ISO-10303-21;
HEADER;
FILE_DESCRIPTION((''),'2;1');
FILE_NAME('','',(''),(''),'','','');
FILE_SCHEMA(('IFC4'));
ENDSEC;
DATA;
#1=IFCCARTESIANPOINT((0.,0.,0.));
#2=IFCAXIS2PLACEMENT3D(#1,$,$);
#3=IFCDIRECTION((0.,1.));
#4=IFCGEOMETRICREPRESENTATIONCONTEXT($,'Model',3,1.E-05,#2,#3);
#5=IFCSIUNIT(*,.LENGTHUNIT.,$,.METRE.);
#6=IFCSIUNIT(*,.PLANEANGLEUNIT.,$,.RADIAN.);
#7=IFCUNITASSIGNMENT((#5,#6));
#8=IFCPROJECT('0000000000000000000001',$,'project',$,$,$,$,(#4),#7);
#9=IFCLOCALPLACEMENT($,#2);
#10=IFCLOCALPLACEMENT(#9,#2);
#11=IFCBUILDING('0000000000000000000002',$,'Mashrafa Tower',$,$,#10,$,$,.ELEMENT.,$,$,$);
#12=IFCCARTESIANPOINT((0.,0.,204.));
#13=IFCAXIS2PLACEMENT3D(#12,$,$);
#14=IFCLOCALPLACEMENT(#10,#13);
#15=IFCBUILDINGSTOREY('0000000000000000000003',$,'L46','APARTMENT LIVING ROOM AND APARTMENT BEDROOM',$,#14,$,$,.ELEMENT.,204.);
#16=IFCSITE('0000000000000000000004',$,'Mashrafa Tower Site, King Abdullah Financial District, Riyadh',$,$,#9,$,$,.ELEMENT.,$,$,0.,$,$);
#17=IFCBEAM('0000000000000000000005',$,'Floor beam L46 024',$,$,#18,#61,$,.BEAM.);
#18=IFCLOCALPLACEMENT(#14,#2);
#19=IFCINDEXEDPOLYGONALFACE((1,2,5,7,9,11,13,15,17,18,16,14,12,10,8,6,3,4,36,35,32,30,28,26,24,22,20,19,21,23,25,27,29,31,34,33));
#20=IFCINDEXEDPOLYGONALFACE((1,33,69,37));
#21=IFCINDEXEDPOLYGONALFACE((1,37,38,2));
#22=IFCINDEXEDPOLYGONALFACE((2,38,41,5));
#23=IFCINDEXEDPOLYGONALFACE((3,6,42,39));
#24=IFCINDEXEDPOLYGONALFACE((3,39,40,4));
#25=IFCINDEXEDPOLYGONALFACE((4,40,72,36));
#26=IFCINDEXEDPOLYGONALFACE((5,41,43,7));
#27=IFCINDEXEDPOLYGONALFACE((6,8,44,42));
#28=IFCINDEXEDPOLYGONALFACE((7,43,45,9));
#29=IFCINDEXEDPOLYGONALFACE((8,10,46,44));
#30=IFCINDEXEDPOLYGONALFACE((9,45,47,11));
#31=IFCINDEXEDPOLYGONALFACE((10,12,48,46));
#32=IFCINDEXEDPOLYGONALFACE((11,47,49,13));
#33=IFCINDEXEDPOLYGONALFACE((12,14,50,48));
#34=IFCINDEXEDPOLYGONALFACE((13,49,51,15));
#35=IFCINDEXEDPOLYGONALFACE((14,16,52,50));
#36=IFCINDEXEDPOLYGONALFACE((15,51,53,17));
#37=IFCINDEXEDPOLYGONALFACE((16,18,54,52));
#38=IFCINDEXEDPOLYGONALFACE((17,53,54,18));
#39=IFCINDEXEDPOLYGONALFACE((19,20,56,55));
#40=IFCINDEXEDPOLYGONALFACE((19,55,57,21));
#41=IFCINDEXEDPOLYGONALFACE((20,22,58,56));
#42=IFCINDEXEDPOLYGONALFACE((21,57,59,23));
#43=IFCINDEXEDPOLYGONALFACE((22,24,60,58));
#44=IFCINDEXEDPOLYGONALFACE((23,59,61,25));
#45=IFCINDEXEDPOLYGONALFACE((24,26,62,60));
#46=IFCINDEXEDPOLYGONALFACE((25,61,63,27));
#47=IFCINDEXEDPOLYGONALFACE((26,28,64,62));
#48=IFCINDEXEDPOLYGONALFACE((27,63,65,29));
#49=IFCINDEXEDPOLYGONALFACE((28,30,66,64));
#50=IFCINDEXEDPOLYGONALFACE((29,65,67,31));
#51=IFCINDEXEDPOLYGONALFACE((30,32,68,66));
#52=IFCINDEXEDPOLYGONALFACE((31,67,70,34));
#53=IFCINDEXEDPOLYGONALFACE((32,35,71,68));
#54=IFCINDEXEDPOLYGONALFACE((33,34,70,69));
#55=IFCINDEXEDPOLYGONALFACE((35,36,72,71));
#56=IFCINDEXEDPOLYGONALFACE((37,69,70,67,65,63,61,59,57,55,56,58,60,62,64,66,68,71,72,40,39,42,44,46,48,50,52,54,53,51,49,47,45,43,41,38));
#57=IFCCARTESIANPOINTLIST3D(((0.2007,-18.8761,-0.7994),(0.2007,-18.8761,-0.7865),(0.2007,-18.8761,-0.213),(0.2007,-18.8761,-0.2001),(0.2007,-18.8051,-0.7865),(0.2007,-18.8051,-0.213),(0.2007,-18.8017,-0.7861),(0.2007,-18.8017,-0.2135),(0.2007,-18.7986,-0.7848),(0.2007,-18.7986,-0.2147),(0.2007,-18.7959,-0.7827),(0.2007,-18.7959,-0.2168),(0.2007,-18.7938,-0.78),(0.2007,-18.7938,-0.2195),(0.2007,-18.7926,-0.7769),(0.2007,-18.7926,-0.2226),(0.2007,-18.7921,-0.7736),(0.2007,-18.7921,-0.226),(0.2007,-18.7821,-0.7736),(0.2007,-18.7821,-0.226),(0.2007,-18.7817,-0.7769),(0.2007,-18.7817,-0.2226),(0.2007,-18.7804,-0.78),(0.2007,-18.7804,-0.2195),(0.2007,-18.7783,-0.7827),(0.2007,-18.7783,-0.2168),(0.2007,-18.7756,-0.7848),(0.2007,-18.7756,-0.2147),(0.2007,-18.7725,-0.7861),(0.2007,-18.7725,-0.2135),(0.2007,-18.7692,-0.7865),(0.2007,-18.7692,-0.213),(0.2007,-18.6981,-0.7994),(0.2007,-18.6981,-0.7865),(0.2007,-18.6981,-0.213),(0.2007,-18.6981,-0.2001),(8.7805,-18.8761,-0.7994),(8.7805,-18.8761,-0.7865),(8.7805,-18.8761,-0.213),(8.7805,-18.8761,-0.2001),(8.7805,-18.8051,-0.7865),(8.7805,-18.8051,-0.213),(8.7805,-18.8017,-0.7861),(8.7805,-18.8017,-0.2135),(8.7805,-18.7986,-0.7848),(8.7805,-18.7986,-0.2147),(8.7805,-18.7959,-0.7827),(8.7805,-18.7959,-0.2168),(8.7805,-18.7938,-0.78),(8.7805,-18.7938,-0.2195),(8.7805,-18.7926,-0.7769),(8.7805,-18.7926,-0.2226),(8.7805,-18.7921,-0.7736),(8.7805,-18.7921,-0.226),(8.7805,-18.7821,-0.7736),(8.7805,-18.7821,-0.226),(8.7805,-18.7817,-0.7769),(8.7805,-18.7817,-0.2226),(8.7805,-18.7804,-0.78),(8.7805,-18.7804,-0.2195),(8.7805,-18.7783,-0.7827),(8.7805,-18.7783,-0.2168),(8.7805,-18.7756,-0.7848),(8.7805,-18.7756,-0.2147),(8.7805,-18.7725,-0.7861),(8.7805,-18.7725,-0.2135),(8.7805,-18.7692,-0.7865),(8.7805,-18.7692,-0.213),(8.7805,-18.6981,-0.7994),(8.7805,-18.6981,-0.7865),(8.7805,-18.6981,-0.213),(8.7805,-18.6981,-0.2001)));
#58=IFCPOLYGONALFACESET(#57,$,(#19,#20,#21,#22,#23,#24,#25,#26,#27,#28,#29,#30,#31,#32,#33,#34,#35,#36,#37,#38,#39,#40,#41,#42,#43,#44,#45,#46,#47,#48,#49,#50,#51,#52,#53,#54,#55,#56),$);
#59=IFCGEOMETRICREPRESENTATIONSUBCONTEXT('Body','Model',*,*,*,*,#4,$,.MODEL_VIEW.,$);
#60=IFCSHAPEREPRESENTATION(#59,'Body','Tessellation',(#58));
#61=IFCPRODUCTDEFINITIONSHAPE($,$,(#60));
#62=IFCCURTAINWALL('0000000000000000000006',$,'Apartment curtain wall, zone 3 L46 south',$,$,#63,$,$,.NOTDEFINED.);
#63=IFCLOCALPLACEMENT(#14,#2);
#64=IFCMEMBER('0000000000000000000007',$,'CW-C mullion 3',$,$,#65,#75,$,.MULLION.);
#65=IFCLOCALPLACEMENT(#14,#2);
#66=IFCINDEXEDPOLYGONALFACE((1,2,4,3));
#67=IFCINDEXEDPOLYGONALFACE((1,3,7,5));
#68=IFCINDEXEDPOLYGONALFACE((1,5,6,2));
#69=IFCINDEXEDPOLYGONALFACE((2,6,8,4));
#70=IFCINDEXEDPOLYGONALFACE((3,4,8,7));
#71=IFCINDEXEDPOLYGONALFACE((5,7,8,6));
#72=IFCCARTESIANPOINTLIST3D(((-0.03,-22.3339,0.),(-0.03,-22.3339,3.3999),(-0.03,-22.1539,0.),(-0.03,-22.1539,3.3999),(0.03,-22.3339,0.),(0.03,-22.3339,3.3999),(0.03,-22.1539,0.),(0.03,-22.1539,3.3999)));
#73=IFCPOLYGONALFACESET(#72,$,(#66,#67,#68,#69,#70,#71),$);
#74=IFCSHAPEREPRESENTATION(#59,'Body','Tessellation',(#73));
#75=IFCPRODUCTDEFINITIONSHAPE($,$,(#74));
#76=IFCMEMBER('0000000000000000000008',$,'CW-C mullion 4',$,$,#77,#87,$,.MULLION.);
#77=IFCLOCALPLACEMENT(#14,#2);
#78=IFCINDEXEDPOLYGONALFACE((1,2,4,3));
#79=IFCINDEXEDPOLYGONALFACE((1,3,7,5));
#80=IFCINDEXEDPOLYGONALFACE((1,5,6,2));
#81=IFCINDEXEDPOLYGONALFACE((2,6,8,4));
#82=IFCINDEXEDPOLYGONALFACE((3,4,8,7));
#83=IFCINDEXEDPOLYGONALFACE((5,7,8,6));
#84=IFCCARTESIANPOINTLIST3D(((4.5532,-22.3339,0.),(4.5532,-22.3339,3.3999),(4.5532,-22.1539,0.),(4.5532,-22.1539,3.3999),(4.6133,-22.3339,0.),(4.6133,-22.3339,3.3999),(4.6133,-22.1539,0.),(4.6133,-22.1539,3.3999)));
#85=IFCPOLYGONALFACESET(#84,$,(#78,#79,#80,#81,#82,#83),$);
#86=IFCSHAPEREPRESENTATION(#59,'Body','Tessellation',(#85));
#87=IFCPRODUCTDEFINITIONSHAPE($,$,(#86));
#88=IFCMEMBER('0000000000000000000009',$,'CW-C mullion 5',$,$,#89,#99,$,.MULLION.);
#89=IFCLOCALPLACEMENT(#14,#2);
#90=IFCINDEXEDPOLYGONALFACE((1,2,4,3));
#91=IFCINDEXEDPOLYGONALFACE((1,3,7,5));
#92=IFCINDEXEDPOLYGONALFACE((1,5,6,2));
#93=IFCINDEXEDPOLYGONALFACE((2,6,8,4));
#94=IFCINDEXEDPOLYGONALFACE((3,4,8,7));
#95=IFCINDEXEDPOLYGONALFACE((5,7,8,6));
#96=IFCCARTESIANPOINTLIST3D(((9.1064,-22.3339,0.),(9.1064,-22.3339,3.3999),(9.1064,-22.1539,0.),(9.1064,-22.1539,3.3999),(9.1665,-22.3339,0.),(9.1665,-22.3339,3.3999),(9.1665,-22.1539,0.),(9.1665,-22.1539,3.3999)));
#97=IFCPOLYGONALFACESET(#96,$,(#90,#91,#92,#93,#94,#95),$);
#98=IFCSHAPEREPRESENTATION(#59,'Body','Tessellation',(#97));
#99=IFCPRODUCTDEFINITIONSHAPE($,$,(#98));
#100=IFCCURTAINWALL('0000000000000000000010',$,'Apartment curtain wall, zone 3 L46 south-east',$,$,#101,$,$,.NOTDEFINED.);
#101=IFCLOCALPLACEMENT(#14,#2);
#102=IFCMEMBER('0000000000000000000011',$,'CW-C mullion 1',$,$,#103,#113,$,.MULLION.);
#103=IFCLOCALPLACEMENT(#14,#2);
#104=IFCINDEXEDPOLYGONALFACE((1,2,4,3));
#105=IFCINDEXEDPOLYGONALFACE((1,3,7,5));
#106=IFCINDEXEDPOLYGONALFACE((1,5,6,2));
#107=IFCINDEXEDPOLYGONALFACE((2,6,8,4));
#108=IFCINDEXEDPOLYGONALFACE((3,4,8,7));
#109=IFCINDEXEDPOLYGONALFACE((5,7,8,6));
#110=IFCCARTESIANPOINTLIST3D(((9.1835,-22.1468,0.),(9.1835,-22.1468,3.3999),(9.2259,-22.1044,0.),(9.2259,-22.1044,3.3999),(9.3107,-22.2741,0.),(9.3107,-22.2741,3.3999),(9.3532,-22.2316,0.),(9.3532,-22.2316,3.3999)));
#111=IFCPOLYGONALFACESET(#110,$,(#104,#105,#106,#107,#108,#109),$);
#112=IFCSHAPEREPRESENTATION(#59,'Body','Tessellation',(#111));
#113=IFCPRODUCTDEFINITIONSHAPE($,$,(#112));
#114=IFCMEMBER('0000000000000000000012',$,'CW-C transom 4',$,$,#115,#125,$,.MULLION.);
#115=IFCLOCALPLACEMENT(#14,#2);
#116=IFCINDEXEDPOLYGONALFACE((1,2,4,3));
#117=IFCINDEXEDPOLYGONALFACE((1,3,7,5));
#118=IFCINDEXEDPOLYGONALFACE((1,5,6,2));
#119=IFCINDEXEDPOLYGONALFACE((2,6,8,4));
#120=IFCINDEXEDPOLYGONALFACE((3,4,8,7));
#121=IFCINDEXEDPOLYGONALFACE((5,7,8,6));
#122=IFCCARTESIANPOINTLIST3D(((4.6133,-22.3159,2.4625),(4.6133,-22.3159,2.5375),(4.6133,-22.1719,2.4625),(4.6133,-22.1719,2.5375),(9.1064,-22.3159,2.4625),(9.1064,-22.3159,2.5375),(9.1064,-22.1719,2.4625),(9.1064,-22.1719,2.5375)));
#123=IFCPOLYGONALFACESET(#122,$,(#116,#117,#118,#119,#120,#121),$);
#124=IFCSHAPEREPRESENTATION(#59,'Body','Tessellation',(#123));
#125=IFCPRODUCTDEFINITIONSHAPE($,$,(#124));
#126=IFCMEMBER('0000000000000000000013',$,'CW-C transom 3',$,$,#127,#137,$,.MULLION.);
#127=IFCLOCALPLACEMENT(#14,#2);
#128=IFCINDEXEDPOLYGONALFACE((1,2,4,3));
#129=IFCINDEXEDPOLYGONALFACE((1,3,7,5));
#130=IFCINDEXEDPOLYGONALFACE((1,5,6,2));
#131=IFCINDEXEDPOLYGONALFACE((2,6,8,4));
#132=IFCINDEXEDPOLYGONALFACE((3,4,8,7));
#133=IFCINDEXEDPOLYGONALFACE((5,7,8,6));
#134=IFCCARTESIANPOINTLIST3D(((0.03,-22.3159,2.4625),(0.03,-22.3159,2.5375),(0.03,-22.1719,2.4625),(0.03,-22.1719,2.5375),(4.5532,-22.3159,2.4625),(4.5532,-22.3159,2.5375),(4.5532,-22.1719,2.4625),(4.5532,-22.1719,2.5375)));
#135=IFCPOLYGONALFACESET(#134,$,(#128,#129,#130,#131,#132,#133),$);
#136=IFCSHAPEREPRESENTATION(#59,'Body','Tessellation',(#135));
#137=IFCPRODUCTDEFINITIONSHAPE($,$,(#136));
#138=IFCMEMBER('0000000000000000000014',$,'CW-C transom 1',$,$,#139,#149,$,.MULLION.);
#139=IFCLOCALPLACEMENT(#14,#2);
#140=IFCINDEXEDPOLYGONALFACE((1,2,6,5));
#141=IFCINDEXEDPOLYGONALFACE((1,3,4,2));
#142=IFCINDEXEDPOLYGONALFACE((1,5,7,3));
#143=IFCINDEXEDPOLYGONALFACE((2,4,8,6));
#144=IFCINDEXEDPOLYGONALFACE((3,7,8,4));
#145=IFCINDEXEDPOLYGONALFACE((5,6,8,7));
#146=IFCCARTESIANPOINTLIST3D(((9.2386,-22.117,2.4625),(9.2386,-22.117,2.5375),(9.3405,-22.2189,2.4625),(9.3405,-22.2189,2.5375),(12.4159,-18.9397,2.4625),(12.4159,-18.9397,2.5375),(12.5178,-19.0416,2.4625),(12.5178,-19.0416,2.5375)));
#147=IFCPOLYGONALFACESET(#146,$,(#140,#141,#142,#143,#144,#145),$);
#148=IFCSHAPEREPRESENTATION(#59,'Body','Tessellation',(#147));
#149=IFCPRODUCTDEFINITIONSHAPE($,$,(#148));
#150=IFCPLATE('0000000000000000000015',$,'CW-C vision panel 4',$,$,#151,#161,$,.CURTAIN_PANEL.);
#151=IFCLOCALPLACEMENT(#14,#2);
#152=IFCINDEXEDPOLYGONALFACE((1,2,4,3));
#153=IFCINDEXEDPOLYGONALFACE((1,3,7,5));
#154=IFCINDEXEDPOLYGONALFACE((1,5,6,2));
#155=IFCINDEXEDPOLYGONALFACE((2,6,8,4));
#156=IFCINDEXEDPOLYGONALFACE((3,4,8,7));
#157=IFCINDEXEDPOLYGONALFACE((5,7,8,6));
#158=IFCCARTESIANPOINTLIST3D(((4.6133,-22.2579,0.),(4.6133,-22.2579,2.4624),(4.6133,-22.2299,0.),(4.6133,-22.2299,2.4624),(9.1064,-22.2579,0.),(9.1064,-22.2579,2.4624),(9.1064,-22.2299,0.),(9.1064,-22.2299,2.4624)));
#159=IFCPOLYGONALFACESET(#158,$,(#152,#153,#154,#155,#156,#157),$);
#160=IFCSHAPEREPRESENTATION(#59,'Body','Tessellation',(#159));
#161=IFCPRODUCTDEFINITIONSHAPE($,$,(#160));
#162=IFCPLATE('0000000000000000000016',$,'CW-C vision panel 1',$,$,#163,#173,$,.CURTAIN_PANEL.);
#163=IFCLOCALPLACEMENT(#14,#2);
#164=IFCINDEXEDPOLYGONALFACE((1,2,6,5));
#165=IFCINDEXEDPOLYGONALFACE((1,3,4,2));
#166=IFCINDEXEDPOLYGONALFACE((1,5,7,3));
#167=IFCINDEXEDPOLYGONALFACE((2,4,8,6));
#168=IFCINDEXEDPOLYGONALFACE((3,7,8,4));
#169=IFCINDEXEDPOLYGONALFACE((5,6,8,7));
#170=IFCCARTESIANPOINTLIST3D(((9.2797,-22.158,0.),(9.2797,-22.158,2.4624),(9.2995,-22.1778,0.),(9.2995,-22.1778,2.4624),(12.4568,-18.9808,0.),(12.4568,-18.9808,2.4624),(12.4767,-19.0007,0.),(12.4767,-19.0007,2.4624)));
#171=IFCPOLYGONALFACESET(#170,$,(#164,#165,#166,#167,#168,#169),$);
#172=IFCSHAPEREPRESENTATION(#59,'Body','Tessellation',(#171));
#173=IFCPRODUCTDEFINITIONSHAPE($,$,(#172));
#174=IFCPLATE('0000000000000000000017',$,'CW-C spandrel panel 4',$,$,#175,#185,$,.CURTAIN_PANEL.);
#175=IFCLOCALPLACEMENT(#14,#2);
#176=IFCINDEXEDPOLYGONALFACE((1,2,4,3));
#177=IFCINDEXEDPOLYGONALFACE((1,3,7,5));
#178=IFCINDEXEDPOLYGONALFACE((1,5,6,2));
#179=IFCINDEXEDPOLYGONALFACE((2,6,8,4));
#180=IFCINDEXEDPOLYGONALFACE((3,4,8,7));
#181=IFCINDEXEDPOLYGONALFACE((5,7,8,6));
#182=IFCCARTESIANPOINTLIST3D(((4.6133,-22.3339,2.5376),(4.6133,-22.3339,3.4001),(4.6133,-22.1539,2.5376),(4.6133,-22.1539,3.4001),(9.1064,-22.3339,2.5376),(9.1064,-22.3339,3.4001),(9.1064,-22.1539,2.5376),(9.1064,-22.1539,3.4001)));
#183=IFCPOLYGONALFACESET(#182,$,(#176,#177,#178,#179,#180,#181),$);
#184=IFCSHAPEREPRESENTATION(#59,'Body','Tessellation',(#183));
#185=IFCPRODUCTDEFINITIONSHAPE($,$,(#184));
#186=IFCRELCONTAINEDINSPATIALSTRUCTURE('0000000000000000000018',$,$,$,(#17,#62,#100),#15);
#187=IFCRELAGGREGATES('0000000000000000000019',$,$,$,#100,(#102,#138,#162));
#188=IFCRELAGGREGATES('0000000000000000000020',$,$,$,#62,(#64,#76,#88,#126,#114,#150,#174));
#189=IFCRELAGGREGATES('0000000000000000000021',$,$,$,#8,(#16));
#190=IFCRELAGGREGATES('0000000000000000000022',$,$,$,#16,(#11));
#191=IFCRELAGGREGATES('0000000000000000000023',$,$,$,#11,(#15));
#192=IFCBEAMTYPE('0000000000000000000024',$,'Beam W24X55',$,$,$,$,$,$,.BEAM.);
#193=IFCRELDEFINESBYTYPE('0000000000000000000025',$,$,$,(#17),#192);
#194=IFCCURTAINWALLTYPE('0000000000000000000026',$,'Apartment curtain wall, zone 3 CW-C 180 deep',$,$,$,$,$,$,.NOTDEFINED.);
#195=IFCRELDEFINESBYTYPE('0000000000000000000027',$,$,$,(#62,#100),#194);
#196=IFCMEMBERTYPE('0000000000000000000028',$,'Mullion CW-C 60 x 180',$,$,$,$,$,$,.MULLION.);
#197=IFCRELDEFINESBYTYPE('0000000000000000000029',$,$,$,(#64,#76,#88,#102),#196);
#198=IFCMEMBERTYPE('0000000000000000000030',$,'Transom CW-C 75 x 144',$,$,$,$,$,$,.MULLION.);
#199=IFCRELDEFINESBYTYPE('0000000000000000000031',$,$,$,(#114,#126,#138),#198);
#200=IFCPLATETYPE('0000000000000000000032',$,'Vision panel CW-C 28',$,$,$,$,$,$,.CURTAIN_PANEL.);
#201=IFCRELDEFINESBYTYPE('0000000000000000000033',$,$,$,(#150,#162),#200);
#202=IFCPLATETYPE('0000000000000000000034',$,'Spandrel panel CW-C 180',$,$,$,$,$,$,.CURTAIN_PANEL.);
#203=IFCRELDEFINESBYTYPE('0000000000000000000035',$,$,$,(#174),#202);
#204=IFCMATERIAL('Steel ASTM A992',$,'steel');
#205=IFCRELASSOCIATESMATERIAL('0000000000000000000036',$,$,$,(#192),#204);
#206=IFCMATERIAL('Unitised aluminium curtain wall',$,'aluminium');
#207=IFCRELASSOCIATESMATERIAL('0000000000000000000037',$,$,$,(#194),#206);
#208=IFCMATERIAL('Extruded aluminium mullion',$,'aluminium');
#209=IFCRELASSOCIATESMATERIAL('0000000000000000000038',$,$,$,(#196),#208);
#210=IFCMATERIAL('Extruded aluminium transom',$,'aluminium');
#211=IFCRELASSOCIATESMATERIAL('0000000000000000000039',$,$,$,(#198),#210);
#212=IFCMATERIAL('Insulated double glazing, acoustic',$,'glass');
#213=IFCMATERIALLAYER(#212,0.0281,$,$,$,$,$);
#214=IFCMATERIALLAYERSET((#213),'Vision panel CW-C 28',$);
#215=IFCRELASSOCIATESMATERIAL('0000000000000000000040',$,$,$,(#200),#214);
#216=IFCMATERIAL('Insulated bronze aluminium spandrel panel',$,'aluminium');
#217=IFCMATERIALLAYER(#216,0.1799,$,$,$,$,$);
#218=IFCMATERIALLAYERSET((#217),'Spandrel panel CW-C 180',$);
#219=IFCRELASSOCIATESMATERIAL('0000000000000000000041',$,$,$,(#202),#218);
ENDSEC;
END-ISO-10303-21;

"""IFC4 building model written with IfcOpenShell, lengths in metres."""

from ifc_helpers import new_model, si_unit, direction, frame, origin, origin_2d, place, context, subcontext, project, spatial, rectangle, i_section, extrude, source, transform, mapped, material, layer, layer_set, material_profile, profile_set, type_object, type_shapes, element, aggregate, save


model = new_model("IFC4")

# Units and contexts
model_context = context("Model", 3, precision=1e-05, world=origin(), true_north=direction((0.0, 1.0)))
body_context = subcontext(model_context, "Body", "Model", "MODEL_VIEW")
ifc_project = project(units=[si_unit("LENGTHUNIT", "METRE"), si_unit("PLANEANGLEUNIT", "RADIAN")], contexts=[model_context])

# Site, building, storey
site_placement = place(None, origin())
site = spatial("IfcSite", under=ifc_project, at=site_placement, Name="Mashrafa Tower Site, King Abdullah Financial District, Riyadh", CompositionType="ELEMENT", RefElevation=0.0)
building_placement = place(site_placement, origin())
building = spatial("IfcBuilding", under=site, at=building_placement, Name="Mashrafa Tower", CompositionType="ELEMENT")
storey_placement = place(building_placement, frame((0.0, 0.0, 204.0)))
storey = spatial("IfcBuildingStorey", under=building, at=storey_placement, Name="L46", Description="APARTMENT LIVING ROOM AND APARTMENT BEDROOM", CompositionType="ELEMENT", Elevation=204.0)

# Beam
ifc_material_1 = material(Name="Steel ASTM A992", Category="steel")
ifc_material_profile_1 = material_profile(ifc_material_1, i_section(OverallWidth=0.178, OverallDepth=0.5994, WebThickness=0.01, FlangeThickness=0.0129, FilletRadius=0.0129, at=origin_2d()), Name="W24X55")
ifc_profile_set_1 = profile_set([ifc_material_profile_1], Name="Steel ASTM A992")
beam_type_1 = type_object("IfcBeamType", Name="Beam W24X55", PredefinedType="BEAM", material=ifc_profile_set_1)
beam_1_placement = place(storey_placement, frame((8.7805, -18.7871, -0.4998), z_axis=(-1.0, 0.0, 0.0), x_axis=(0.0, -1.0, 0.0)))
element("IfcBeam", 1, at=beam_1_placement, inside=storey, type_object=beam_type_1, Name="Floor beam L46 024", PredefinedType="BEAM", context=body_context, shape_type="SweptSolid", body=[
    extrude(i_section(OverallWidth=0.178, OverallDepth=0.5994, WebThickness=0.01, FlangeThickness=0.0129, FilletRadius=0.0129, at=origin_2d()), origin(), (0.0, 0.0, 1.0), 8.5798),
])

# Curtain wall, members
ifc_material_2 = material(Name="Unitised aluminium curtain wall", Category="aluminium")
curtain_wall_type = type_object("IfcCurtainWallType", Name="Apartment curtain wall, zone 3 CW-C 180 deep", PredefinedType="NOTDEFINED", material=ifc_material_2)
curtain_wall_1_placement = place(storey_placement, origin())
curtain_wall_1 = element("IfcCurtainWall", 2, at=curtain_wall_1_placement, inside=storey, type_object=curtain_wall_type, Name="Apartment curtain wall, zone 3 L46 south", PredefinedType="NOTDEFINED")
ifc_material_3 = material(Name="Extruded aluminium mullion", Category="aluminium")
ifc_material_profile_2 = material_profile(ifc_material_3, rectangle(XDim=0.1799, YDim=0.0601, at=origin_2d()), Name="Mullion 60x180")
ifc_profile_set_2 = profile_set([ifc_material_profile_2], Name="Extruded aluminium mullion")
member_type_1 = type_object("IfcMemberType", Name="Mullion CW-C 60 x 180", PredefinedType="MULLION", material=ifc_profile_set_2)
shared_shape_1 = source(origin(), body_context, "Body", "SweptSolid", [
    extrude(rectangle(XDim=0.1799, YDim=0.0601, at=origin_2d()), origin(), (0.0, 0.0, 1.0), 3.3999),
])
type_shapes(member_type_1, [shared_shape_1])
member_1_placement = place(storey_placement, frame((0.0, -22.2439, 0.0), z_axis=(0.0, 0.0, 1.0), x_axis=(0.0, 1.0, 0.0)))
member_1 = element("IfcMember", 3, at=member_1_placement, type_object=member_type_1, Name="CW-C mullion 3", PredefinedType="MULLION", context=body_context, shape_type="MappedRepresentation", body=[
    mapped(shared_shape_1, transform((0.0, 0.0, 0.0))),
])
member_2_placement = place(storey_placement, frame((4.5833, -22.2439, 0.0), z_axis=(0.0, 0.0, 1.0), x_axis=(0.0, 1.0, 0.0)))
member_2 = element("IfcMember", 4, at=member_2_placement, type_object=member_type_1, Name="CW-C mullion 4", PredefinedType="MULLION", context=body_context, shape_type="MappedRepresentation", body=[
    mapped(shared_shape_1, transform((0.0, 0.0, 0.0))),
])
member_3_placement = place(storey_placement, frame((9.1365, -22.2439, 0.0), z_axis=(0.0, 0.0, 1.0), x_axis=(0.0, 1.0, 0.0)))
member_3 = element("IfcMember", 5, at=member_3_placement, type_object=member_type_1, Name="CW-C mullion 5", PredefinedType="MULLION", context=body_context, shape_type="MappedRepresentation", body=[
    mapped(shared_shape_1, transform((0.0, 0.0, 0.0))),
])

# Curtain wall, member
curtain_wall_2_placement = place(storey_placement, origin())
curtain_wall_2 = element("IfcCurtainWall", 6, at=curtain_wall_2_placement, inside=storey, type_object=curtain_wall_type, Name="Apartment curtain wall, zone 3 L46 south-east", PredefinedType="NOTDEFINED")
member_4_placement = place(storey_placement, frame((9.2683, -22.1892, 0.0), z_axis=(0.0, 0.0, 1.0), x_axis=(-0.707107, 0.707107, 0.0)))
member_4 = element("IfcMember", 7, at=member_4_placement, type_object=member_type_1, Name="CW-C mullion 1", PredefinedType="MULLION", context=body_context, shape_type="MappedRepresentation", body=[
    mapped(shared_shape_1, transform((0.0, 0.0, 0.0))),
])

# Members
ifc_material_4 = material(Name="Extruded aluminium transom", Category="aluminium")
ifc_material_profile_3 = material_profile(ifc_material_4, rectangle(XDim=0.144, YDim=0.075, at=origin_2d()), Name="Transom 75x144")
ifc_profile_set_3 = profile_set([ifc_material_profile_3], Name="Extruded aluminium transom")
member_type_2 = type_object("IfcMemberType", Name="Transom CW-C 75 x 144", PredefinedType="MULLION", material=ifc_profile_set_3)
shared_shape_2 = source(origin(), body_context, "Body", "SweptSolid", [
    extrude(rectangle(XDim=0.144, YDim=0.075, at=origin_2d()), origin(), (0.0, 0.0, 1.0), 4.4932),
])
member_5_placement = place(storey_placement, frame((4.6133, -22.2439, 2.5), z_axis=(1.0, 0.0, 0.0), x_axis=(0.0, 1.0, 0.0)))
member_5 = element("IfcMember", 8, at=member_5_placement, type_object=member_type_2, Name="CW-C transom 4", PredefinedType="MULLION", context=body_context, shape_type="MappedRepresentation", body=[
    mapped(shared_shape_2, transform((0.0, 0.0, 0.0))),
])
shared_shape_3 = source(origin(), body_context, "Body", "SweptSolid", [
    extrude(rectangle(XDim=0.144, YDim=0.075, at=origin_2d()), origin(), (0.0, 0.0, 1.0), 4.5232),
])
member_6_placement = place(storey_placement, frame((0.03, -22.2439, 2.5), z_axis=(1.0, 0.0, 0.0), x_axis=(0.0, 1.0, 0.0)))
member_6 = element("IfcMember", 9, at=member_6_placement, type_object=member_type_2, Name="CW-C transom 3", PredefinedType="MULLION", context=body_context, shape_type="MappedRepresentation", body=[
    mapped(shared_shape_3, transform((0.0, 0.0, 0.0))),
])
shared_shape_4 = source(origin(), body_context, "Body", "SweptSolid", [
    extrude(rectangle(XDim=0.144, YDim=0.075, at=origin_2d()), origin(), (0.0, 0.0, 1.0), 4.4934),
])
type_shapes(member_type_2, [shared_shape_2, shared_shape_3, shared_shape_4])
member_7_placement = place(storey_placement, frame((9.2896, -22.168, 2.5), z_axis=(0.707107, 0.707107, 0.0), x_axis=(-0.707107, 0.707107, 0.0)))
member_7 = element("IfcMember", 10, at=member_7_placement, type_object=member_type_2, Name="CW-C transom 1", PredefinedType="MULLION", context=body_context, shape_type="MappedRepresentation", body=[
    mapped(shared_shape_4, transform((0.0, 0.0, 0.0))),
])

# Plates
ifc_material_5 = material(Name="Insulated double glazing, acoustic", Category="glass")
ifc_layer_1 = layer(ifc_material_5, 0.0281)
ifc_layer_set_1 = layer_set([ifc_layer_1], Name="Vision panel CW-C 28")
plate_type_1 = type_object("IfcPlateType", Name="Vision panel CW-C 28", PredefinedType="CURTAIN_PANEL", material=ifc_layer_set_1)
shared_shape_5 = source(origin(), body_context, "Body", "SweptSolid", [
    extrude(rectangle(XDim=4.4932, YDim=0.0281, at=origin_2d()), origin(), (0.0, 0.0, 1.0), 2.4624),
])
plate_1_placement = place(storey_placement, frame((6.8599, -22.2439, 0.0), z_axis=(0.0, 0.0, 1.0), x_axis=(1.0, 0.0, 0.0)))
plate_1 = element("IfcPlate", 11, at=plate_1_placement, type_object=plate_type_1, Name="CW-C vision panel 4", PredefinedType="CURTAIN_PANEL", context=body_context, shape_type="MappedRepresentation", body=[
    mapped(shared_shape_5, transform((0.0, 0.0, 0.0))),
])
plate_2_placement = place(storey_placement, frame((10.8782, -20.5793, 0.0), z_axis=(0.0, 0.0, 1.0), x_axis=(0.707107, 0.707107, 0.0)))
plate_2 = element("IfcPlate", 12, at=plate_2_placement, type_object=plate_type_1, Name="CW-C vision panel 1", PredefinedType="CURTAIN_PANEL", context=body_context, shape_type="MappedRepresentation", body=[
    mapped(shared_shape_5, transform((0.0, 0.0, 0.0))),
])
ifc_material_6 = material(Name="Insulated bronze aluminium spandrel panel", Category="aluminium")
ifc_layer_2 = layer(ifc_material_6, 0.1799)
ifc_layer_set_2 = layer_set([ifc_layer_2], Name="Spandrel panel CW-C 180")
plate_type_2 = type_object("IfcPlateType", Name="Spandrel panel CW-C 180", PredefinedType="CURTAIN_PANEL", material=ifc_layer_set_2)
shared_shape_6 = source(origin(), body_context, "Body", "SweptSolid", [
    extrude(rectangle(XDim=4.4932, YDim=0.1799, at=origin_2d()), origin(), (0.0, 0.0, 1.0), 0.8625),
])
plate_3_placement = place(storey_placement, frame((6.8599, -22.2439, 2.5376), z_axis=(0.0, 0.0, 1.0), x_axis=(1.0, 0.0, 0.0)))
plate_3 = element("IfcPlate", 13, at=plate_3_placement, type_object=plate_type_2, Name="CW-C spandrel panel 4", PredefinedType="CURTAIN_PANEL", context=body_context, shape_type="MappedRepresentation", body=[
    mapped(shared_shape_6, transform((0.0, 0.0, 0.0))),
])
aggregate(curtain_wall_2, [member_4, member_7, plate_2])
aggregate(curtain_wall_1, [member_1, member_2, member_3, member_6, member_5, plate_1, plate_3])

save(model, "model.ifc")
